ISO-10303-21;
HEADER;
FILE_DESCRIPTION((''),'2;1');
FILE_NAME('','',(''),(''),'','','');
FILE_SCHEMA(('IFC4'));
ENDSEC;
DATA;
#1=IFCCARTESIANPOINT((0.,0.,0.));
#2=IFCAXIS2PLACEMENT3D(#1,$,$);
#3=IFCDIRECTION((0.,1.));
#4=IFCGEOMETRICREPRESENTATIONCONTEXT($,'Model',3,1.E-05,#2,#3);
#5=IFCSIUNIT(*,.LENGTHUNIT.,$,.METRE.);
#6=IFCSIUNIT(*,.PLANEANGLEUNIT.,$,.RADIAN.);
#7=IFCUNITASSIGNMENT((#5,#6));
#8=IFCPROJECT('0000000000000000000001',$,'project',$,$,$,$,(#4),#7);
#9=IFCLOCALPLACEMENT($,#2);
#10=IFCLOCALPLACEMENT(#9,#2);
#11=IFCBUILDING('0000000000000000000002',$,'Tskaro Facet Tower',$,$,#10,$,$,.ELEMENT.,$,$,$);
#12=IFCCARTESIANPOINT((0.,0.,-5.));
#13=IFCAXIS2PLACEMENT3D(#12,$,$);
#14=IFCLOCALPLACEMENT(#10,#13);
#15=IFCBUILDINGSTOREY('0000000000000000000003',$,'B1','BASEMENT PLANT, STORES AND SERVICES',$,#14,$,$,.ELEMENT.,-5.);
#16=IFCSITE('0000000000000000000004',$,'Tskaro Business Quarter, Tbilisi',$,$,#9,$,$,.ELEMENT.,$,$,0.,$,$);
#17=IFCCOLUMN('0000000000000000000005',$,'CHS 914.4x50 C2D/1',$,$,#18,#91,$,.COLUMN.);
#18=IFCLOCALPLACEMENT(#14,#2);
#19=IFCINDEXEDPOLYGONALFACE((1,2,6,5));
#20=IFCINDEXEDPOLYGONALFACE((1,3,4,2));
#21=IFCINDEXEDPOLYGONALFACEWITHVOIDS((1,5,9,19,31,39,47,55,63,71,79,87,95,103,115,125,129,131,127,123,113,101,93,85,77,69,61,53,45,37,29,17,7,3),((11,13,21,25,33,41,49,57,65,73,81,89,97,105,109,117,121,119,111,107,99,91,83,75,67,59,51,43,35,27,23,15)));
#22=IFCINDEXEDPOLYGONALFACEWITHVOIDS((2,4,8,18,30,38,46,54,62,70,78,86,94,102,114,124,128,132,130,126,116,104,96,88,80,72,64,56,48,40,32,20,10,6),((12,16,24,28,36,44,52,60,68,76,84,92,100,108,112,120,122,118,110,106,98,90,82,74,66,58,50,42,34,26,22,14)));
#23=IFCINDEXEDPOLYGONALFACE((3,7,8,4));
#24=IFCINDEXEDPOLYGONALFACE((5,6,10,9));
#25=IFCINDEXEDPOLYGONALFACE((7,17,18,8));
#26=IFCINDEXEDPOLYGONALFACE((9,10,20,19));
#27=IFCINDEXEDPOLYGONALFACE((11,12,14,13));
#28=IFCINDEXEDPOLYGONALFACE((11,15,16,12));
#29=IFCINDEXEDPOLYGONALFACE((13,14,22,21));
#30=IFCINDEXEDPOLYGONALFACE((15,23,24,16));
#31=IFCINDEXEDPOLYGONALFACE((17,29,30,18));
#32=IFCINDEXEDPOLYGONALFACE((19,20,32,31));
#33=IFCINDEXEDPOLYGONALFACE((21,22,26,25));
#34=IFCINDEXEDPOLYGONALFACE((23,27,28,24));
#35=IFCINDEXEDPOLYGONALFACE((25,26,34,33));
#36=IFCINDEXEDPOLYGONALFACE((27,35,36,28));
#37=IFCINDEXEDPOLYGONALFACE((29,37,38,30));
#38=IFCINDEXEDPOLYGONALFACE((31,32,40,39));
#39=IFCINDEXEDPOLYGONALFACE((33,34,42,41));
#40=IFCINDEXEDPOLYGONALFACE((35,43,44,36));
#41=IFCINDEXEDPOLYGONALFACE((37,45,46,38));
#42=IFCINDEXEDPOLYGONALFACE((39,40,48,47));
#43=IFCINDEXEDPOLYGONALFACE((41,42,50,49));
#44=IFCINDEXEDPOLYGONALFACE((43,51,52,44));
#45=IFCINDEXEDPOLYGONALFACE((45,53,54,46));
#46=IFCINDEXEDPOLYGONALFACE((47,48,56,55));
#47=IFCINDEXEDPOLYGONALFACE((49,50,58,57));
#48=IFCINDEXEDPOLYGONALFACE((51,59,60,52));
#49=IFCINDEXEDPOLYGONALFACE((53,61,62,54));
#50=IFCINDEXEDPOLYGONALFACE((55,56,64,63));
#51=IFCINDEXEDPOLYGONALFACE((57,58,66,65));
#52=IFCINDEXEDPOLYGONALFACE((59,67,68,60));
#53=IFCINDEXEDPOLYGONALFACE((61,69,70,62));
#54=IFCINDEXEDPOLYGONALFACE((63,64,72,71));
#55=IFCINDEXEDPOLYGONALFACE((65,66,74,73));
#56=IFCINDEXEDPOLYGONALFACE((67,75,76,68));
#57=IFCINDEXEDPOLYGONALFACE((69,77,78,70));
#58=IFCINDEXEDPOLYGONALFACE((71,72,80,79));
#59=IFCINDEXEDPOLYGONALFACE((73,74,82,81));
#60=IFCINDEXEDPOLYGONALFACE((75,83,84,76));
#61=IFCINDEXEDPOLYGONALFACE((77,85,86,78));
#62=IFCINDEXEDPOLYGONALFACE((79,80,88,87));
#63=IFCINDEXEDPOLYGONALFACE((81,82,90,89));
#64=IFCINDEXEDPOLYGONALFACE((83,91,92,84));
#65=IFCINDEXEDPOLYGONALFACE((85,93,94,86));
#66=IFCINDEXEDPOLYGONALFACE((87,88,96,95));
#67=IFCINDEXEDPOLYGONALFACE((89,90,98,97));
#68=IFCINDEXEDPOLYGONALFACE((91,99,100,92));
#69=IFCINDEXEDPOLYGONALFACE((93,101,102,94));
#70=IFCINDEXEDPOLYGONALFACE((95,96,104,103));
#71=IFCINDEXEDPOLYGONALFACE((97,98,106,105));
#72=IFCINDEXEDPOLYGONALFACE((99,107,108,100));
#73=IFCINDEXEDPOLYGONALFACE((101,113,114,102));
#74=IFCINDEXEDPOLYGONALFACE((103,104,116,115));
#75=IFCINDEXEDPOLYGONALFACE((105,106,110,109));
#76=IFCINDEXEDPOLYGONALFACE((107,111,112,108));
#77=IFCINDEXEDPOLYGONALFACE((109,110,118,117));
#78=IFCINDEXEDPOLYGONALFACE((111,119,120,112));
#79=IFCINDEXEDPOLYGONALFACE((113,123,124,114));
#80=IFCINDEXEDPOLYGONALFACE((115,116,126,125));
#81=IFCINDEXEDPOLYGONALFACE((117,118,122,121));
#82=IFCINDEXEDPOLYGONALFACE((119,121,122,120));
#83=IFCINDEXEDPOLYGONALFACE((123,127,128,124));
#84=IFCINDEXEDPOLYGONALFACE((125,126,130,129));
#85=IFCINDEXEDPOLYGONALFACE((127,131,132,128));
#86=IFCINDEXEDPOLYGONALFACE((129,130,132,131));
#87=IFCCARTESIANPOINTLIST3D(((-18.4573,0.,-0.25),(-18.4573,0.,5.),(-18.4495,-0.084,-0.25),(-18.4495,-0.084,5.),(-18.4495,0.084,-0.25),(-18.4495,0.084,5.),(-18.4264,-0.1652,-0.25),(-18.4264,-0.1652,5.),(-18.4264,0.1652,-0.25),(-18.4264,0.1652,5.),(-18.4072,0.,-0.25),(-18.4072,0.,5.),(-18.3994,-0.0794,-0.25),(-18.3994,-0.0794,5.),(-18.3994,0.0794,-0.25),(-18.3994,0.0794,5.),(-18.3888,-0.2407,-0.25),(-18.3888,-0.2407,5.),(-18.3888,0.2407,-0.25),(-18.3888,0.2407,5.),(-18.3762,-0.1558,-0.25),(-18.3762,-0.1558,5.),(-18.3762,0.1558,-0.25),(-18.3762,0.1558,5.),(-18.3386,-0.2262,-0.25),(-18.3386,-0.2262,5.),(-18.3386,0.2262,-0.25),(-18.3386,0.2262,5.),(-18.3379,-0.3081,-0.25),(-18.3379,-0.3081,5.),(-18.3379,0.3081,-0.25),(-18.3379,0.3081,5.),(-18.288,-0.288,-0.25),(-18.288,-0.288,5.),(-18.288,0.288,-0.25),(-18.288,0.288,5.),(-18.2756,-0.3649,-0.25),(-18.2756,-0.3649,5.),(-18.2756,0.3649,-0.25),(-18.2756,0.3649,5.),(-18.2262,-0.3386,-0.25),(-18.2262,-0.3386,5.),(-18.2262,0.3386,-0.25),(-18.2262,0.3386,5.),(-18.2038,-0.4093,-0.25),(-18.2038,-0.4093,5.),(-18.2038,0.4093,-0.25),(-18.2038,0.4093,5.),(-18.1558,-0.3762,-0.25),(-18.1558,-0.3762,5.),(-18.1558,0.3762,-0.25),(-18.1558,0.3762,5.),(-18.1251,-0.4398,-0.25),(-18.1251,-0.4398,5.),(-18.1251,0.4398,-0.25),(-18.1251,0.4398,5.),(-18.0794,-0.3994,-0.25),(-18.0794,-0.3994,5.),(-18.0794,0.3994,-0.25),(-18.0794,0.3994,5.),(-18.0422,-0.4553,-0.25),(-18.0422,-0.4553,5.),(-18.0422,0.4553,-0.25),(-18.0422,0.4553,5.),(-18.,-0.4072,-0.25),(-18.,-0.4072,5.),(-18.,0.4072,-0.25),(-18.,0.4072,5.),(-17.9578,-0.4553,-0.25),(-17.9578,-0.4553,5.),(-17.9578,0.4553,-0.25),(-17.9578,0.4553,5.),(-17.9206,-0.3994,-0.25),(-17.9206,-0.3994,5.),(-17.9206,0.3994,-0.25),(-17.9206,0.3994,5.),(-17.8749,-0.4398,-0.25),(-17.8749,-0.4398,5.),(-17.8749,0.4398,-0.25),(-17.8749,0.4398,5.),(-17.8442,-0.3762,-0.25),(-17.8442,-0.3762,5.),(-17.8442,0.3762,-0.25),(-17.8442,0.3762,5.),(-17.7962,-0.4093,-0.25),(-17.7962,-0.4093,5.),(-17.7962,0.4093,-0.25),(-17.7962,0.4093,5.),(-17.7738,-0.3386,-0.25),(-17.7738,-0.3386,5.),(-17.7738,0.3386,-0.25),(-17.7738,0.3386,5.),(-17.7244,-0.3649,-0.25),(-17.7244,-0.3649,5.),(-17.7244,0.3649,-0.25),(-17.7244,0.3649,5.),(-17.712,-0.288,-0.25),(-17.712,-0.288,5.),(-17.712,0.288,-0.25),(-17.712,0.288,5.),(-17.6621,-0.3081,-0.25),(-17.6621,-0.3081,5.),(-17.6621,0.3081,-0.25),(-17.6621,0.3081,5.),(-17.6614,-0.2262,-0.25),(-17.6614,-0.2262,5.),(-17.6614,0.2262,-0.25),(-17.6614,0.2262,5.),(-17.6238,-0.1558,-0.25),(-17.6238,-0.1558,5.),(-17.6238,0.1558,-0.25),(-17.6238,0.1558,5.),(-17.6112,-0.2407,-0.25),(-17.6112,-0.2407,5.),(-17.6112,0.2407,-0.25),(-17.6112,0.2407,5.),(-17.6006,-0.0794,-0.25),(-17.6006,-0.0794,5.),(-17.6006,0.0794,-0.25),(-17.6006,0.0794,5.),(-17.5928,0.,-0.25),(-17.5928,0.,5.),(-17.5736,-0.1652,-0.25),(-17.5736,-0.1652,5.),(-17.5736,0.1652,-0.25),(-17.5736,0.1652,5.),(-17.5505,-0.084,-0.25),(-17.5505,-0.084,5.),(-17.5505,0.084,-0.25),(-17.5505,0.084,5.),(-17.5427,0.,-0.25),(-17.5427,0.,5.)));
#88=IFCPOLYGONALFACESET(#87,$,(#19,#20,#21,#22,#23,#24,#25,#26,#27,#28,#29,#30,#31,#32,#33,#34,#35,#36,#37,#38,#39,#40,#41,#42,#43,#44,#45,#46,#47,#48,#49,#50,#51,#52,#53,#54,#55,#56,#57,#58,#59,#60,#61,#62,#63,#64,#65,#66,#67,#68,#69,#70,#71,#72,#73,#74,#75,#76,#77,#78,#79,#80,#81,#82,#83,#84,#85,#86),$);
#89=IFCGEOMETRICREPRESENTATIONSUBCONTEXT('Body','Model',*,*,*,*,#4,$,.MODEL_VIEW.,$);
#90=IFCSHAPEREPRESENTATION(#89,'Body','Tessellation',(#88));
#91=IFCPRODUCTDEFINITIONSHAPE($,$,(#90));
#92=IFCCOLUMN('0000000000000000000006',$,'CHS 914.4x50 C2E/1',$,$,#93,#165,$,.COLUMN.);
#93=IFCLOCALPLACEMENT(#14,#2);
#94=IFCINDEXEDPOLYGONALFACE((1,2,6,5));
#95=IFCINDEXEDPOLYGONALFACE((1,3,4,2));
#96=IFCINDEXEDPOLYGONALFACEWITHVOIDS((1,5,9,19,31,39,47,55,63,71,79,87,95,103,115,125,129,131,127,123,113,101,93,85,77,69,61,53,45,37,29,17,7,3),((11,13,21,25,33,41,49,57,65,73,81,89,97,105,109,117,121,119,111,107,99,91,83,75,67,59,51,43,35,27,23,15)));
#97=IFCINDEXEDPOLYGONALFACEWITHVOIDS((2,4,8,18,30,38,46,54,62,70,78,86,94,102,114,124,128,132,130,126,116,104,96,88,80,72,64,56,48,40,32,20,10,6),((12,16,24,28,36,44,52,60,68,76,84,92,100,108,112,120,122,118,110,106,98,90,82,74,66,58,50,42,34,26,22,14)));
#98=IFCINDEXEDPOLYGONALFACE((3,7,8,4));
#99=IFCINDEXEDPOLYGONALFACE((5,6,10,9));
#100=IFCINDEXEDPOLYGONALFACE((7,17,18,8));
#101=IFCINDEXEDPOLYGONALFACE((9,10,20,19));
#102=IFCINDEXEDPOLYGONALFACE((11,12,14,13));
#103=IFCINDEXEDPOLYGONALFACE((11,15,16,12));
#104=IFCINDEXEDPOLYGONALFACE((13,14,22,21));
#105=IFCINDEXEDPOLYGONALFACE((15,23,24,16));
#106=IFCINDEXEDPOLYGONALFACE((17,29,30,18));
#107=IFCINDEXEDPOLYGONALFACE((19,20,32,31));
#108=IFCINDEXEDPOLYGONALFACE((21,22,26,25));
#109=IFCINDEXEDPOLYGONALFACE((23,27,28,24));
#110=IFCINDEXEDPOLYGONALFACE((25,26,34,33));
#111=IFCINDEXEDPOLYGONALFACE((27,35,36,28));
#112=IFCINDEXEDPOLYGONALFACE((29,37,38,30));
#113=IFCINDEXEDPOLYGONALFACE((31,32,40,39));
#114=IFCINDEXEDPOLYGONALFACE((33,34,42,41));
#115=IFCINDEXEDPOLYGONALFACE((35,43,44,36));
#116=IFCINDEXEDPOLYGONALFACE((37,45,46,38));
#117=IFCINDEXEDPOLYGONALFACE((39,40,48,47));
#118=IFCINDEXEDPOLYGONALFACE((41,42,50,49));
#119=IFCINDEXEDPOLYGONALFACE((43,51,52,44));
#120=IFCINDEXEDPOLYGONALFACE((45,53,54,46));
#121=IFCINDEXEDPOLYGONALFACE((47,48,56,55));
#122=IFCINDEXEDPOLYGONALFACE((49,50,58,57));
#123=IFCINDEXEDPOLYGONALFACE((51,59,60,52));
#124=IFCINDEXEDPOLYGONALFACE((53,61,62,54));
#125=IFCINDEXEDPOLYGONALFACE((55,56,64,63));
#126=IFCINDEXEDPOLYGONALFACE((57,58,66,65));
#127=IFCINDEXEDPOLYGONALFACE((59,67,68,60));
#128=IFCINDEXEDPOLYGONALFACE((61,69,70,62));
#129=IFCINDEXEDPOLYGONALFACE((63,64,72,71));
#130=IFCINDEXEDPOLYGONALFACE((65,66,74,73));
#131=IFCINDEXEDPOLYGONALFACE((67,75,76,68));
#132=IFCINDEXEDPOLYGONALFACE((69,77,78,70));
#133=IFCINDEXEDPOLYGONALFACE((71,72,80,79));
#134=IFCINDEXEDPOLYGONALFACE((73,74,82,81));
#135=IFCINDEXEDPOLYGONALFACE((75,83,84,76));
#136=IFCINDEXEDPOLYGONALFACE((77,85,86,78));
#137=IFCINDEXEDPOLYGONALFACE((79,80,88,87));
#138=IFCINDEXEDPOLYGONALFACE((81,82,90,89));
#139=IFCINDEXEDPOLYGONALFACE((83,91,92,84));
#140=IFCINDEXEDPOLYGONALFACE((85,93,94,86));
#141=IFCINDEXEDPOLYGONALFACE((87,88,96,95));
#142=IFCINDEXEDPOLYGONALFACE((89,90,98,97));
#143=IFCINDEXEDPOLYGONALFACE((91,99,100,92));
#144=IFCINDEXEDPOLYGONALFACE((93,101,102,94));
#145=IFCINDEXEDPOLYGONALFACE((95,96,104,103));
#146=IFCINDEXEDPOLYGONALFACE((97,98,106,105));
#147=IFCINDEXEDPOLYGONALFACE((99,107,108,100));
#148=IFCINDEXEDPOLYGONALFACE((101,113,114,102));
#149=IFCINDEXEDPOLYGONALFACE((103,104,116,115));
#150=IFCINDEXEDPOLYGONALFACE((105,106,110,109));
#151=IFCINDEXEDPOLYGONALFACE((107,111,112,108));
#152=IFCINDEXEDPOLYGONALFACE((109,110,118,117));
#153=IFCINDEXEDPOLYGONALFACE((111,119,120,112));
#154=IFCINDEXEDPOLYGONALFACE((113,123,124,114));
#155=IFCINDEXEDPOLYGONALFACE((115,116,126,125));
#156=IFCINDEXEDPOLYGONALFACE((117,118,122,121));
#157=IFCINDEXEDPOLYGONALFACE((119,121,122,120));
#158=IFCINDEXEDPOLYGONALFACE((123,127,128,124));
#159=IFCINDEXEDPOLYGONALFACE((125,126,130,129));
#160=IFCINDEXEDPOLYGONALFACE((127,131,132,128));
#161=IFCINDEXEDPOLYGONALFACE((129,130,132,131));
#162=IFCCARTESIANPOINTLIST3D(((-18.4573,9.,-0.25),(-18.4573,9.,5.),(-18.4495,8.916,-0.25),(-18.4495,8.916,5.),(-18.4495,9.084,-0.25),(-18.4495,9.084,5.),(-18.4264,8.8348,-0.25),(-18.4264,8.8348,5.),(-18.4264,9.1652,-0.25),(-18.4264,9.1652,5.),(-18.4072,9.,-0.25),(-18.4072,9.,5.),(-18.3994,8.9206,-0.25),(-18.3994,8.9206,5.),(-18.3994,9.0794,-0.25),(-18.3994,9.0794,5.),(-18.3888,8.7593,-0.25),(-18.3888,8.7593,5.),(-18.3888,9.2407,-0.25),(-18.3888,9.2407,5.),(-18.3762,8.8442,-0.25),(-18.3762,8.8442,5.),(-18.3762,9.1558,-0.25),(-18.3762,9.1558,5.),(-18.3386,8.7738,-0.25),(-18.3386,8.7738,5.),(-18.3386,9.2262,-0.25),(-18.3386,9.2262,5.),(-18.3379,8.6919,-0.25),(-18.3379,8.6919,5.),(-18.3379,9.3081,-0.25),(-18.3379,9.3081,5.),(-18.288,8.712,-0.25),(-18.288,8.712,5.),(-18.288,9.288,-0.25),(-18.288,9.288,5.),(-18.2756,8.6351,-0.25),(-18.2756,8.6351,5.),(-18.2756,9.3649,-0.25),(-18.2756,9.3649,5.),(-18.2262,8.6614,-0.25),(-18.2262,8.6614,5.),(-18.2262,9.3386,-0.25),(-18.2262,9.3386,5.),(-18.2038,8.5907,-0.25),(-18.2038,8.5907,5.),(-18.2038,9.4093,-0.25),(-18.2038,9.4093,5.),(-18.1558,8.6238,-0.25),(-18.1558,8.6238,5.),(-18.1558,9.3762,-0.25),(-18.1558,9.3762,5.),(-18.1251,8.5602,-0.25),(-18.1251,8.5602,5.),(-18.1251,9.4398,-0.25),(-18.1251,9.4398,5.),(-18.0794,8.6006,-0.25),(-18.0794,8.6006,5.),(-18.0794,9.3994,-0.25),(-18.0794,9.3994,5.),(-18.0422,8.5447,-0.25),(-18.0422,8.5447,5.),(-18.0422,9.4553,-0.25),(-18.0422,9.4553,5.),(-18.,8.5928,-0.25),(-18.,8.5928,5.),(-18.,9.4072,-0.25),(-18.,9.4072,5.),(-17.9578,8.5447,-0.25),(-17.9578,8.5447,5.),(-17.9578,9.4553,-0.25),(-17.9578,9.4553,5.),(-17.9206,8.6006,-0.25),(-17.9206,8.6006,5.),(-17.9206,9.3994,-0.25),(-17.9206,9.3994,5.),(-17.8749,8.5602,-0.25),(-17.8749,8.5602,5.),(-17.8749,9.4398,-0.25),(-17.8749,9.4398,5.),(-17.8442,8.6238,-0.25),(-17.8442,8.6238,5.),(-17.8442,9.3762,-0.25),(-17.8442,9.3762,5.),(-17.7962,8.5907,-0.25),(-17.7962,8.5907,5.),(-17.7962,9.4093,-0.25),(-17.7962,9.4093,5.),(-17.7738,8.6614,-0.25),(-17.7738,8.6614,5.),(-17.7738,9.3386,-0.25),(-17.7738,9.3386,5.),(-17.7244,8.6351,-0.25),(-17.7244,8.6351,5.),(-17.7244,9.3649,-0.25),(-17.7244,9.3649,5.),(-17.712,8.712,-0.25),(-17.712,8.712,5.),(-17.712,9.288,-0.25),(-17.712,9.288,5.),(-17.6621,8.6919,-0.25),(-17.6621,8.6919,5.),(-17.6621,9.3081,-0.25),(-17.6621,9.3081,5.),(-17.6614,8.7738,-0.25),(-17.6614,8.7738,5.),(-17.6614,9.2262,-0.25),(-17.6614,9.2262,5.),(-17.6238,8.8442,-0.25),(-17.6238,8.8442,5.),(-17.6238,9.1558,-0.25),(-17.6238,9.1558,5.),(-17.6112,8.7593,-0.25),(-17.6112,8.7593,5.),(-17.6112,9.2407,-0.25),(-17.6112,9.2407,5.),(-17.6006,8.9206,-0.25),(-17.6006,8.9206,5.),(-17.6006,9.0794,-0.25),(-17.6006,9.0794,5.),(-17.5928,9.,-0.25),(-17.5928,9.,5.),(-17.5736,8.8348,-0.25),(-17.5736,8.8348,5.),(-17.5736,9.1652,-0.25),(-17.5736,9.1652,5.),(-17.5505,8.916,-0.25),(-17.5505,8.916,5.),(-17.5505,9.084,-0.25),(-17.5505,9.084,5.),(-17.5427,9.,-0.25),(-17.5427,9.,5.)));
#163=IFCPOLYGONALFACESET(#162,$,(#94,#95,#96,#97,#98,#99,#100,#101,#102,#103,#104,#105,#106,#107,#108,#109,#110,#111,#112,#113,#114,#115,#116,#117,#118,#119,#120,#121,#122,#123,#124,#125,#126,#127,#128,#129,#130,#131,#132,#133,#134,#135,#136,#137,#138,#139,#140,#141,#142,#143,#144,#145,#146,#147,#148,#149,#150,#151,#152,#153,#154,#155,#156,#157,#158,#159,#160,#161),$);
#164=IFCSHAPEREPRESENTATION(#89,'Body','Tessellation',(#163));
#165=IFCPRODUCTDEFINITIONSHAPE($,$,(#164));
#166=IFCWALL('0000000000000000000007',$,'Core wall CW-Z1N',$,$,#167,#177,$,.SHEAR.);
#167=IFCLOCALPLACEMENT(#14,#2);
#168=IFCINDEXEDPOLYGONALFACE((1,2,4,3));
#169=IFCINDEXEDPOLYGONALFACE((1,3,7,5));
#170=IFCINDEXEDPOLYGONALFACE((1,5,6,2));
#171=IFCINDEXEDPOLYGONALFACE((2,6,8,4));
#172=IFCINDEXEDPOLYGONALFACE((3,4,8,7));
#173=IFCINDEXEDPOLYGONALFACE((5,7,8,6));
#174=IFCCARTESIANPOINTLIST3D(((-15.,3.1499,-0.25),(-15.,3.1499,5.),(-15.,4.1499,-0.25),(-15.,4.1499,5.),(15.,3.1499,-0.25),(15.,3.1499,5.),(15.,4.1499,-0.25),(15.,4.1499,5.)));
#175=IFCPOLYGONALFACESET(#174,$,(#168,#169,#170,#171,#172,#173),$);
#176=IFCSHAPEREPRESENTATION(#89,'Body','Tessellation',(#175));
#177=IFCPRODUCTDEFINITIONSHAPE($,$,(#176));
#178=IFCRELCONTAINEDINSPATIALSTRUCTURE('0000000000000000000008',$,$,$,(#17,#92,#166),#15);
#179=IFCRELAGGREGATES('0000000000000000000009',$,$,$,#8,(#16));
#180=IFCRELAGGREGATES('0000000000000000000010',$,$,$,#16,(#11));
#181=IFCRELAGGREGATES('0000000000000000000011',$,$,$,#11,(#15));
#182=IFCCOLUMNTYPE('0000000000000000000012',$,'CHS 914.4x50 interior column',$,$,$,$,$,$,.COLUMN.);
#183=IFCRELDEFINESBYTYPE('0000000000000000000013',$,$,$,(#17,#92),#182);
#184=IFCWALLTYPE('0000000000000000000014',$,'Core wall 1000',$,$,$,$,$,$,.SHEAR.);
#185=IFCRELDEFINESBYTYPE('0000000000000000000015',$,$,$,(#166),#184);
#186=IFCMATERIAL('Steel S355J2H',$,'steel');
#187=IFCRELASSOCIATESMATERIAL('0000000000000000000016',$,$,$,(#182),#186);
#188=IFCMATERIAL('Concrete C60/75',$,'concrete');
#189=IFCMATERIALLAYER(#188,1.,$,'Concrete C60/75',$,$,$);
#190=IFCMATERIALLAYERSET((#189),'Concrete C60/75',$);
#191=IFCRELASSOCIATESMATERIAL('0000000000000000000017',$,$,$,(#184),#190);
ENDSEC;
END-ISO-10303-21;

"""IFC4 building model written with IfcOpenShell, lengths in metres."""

from ifc_helpers import new_model, si_unit, direction, frame, frame_2d, origin, origin_2d, place, context, subcontext, project, spatial, rectangle, hollow_circle, extrude, material, layer, layer_set, material_profile, profile_set, type_object, element, save


model = new_model("IFC4")

# Units and contexts
model_context = context("Model", 3, precision=1e-05, world=origin(), true_north=direction((0.0, 1.0)))
body_context = subcontext(model_context, "Body", "Model", "MODEL_VIEW")
ifc_project = project(units=[si_unit("LENGTHUNIT", "METRE"), si_unit("PLANEANGLEUNIT", "RADIAN")], contexts=[model_context])

# Site, building, storey
site_placement = place(None, origin())
site = spatial("IfcSite", under=ifc_project, at=site_placement, Name="Tskaro Business Quarter, Tbilisi", CompositionType="ELEMENT", RefElevation=0.0)
building_placement = place(site_placement, origin())
building = spatial("IfcBuilding", under=site, at=building_placement, Name="Tskaro Facet Tower", CompositionType="ELEMENT")
storey_placement = place(building_placement, frame((0.0, 0.0, -5.0)))
storey = spatial("IfcBuildingStorey", under=building, at=storey_placement, Name="B1", Description="BASEMENT PLANT, STORES AND SERVICES", CompositionType="ELEMENT", Elevation=-5.0)

# Columns
ifc_material_1 = material(Name="Steel S355J2H", Category="steel")
ifc_material_profile_1 = material_profile(ifc_material_1, hollow_circle(Radius=0.4573, WallThickness=0.05, at=origin_2d()), Name="CHS 914.4x50")
ifc_profile_set_1 = profile_set([ifc_material_profile_1], Name="Steel S355J2H")
column_type_1 = type_object("IfcColumnType", Name="CHS 914.4x50 interior column", PredefinedType="COLUMN", material=ifc_profile_set_1)
for number, where, z_axis, x_axis, name in (
    (1, (-18.0, 0.0, -0.25), (0.0, 0.0, 1.0), (1.0, 0.0, 0.0), "CHS 914.4x50 C2D/1"),
    (2, (-18.0, 9.0, -0.25), (0.0, 0.0, 1.0), (1.0, 0.0, 0.0), "CHS 914.4x50 C2E/1"),
):
    element("IfcColumn", number, at=place(storey_placement, frame(where, z_axis=z_axis, x_axis=x_axis)), inside=storey, type_object=column_type_1, Name=name, PredefinedType="COLUMN", context=body_context, shape_type="SweptSolid", body=[
        extrude(hollow_circle(Radius=0.4573, WallThickness=0.05, at=origin_2d()), origin(), (0.0, 0.0, 1.0), 5.25),
    ])

# Wall
ifc_material_2 = material(Name="Concrete C60/75", Category="concrete")
ifc_layer_1 = layer(ifc_material_2, 1.0, Name="Concrete C60/75")
ifc_layer_set_1 = layer_set([ifc_layer_1], Name="Concrete C60/75")
wall_type_1 = type_object("IfcWallType", Name="Core wall 1000", PredefinedType="SHEAR", material=ifc_layer_set_1)
wall_1_placement = place(storey_placement, frame((-15.0, 3.6499, -0.25), z_axis=(0.0, 0.0, 1.0), x_axis=(1.0, 0.0, 0.0)))
element("IfcWall", 3, at=wall_1_placement, inside=storey, type_object=wall_type_1, Name="Core wall CW-Z1N", PredefinedType="SHEAR", context=body_context, shape_type="SweptSolid", body=[
    extrude(rectangle(XDim=30.0, YDim=1.0, at=frame_2d((15.0, 0.0))), origin(), (0.0, 0.0, 1.0), 5.25),
])

save(model, "model.ifc")
